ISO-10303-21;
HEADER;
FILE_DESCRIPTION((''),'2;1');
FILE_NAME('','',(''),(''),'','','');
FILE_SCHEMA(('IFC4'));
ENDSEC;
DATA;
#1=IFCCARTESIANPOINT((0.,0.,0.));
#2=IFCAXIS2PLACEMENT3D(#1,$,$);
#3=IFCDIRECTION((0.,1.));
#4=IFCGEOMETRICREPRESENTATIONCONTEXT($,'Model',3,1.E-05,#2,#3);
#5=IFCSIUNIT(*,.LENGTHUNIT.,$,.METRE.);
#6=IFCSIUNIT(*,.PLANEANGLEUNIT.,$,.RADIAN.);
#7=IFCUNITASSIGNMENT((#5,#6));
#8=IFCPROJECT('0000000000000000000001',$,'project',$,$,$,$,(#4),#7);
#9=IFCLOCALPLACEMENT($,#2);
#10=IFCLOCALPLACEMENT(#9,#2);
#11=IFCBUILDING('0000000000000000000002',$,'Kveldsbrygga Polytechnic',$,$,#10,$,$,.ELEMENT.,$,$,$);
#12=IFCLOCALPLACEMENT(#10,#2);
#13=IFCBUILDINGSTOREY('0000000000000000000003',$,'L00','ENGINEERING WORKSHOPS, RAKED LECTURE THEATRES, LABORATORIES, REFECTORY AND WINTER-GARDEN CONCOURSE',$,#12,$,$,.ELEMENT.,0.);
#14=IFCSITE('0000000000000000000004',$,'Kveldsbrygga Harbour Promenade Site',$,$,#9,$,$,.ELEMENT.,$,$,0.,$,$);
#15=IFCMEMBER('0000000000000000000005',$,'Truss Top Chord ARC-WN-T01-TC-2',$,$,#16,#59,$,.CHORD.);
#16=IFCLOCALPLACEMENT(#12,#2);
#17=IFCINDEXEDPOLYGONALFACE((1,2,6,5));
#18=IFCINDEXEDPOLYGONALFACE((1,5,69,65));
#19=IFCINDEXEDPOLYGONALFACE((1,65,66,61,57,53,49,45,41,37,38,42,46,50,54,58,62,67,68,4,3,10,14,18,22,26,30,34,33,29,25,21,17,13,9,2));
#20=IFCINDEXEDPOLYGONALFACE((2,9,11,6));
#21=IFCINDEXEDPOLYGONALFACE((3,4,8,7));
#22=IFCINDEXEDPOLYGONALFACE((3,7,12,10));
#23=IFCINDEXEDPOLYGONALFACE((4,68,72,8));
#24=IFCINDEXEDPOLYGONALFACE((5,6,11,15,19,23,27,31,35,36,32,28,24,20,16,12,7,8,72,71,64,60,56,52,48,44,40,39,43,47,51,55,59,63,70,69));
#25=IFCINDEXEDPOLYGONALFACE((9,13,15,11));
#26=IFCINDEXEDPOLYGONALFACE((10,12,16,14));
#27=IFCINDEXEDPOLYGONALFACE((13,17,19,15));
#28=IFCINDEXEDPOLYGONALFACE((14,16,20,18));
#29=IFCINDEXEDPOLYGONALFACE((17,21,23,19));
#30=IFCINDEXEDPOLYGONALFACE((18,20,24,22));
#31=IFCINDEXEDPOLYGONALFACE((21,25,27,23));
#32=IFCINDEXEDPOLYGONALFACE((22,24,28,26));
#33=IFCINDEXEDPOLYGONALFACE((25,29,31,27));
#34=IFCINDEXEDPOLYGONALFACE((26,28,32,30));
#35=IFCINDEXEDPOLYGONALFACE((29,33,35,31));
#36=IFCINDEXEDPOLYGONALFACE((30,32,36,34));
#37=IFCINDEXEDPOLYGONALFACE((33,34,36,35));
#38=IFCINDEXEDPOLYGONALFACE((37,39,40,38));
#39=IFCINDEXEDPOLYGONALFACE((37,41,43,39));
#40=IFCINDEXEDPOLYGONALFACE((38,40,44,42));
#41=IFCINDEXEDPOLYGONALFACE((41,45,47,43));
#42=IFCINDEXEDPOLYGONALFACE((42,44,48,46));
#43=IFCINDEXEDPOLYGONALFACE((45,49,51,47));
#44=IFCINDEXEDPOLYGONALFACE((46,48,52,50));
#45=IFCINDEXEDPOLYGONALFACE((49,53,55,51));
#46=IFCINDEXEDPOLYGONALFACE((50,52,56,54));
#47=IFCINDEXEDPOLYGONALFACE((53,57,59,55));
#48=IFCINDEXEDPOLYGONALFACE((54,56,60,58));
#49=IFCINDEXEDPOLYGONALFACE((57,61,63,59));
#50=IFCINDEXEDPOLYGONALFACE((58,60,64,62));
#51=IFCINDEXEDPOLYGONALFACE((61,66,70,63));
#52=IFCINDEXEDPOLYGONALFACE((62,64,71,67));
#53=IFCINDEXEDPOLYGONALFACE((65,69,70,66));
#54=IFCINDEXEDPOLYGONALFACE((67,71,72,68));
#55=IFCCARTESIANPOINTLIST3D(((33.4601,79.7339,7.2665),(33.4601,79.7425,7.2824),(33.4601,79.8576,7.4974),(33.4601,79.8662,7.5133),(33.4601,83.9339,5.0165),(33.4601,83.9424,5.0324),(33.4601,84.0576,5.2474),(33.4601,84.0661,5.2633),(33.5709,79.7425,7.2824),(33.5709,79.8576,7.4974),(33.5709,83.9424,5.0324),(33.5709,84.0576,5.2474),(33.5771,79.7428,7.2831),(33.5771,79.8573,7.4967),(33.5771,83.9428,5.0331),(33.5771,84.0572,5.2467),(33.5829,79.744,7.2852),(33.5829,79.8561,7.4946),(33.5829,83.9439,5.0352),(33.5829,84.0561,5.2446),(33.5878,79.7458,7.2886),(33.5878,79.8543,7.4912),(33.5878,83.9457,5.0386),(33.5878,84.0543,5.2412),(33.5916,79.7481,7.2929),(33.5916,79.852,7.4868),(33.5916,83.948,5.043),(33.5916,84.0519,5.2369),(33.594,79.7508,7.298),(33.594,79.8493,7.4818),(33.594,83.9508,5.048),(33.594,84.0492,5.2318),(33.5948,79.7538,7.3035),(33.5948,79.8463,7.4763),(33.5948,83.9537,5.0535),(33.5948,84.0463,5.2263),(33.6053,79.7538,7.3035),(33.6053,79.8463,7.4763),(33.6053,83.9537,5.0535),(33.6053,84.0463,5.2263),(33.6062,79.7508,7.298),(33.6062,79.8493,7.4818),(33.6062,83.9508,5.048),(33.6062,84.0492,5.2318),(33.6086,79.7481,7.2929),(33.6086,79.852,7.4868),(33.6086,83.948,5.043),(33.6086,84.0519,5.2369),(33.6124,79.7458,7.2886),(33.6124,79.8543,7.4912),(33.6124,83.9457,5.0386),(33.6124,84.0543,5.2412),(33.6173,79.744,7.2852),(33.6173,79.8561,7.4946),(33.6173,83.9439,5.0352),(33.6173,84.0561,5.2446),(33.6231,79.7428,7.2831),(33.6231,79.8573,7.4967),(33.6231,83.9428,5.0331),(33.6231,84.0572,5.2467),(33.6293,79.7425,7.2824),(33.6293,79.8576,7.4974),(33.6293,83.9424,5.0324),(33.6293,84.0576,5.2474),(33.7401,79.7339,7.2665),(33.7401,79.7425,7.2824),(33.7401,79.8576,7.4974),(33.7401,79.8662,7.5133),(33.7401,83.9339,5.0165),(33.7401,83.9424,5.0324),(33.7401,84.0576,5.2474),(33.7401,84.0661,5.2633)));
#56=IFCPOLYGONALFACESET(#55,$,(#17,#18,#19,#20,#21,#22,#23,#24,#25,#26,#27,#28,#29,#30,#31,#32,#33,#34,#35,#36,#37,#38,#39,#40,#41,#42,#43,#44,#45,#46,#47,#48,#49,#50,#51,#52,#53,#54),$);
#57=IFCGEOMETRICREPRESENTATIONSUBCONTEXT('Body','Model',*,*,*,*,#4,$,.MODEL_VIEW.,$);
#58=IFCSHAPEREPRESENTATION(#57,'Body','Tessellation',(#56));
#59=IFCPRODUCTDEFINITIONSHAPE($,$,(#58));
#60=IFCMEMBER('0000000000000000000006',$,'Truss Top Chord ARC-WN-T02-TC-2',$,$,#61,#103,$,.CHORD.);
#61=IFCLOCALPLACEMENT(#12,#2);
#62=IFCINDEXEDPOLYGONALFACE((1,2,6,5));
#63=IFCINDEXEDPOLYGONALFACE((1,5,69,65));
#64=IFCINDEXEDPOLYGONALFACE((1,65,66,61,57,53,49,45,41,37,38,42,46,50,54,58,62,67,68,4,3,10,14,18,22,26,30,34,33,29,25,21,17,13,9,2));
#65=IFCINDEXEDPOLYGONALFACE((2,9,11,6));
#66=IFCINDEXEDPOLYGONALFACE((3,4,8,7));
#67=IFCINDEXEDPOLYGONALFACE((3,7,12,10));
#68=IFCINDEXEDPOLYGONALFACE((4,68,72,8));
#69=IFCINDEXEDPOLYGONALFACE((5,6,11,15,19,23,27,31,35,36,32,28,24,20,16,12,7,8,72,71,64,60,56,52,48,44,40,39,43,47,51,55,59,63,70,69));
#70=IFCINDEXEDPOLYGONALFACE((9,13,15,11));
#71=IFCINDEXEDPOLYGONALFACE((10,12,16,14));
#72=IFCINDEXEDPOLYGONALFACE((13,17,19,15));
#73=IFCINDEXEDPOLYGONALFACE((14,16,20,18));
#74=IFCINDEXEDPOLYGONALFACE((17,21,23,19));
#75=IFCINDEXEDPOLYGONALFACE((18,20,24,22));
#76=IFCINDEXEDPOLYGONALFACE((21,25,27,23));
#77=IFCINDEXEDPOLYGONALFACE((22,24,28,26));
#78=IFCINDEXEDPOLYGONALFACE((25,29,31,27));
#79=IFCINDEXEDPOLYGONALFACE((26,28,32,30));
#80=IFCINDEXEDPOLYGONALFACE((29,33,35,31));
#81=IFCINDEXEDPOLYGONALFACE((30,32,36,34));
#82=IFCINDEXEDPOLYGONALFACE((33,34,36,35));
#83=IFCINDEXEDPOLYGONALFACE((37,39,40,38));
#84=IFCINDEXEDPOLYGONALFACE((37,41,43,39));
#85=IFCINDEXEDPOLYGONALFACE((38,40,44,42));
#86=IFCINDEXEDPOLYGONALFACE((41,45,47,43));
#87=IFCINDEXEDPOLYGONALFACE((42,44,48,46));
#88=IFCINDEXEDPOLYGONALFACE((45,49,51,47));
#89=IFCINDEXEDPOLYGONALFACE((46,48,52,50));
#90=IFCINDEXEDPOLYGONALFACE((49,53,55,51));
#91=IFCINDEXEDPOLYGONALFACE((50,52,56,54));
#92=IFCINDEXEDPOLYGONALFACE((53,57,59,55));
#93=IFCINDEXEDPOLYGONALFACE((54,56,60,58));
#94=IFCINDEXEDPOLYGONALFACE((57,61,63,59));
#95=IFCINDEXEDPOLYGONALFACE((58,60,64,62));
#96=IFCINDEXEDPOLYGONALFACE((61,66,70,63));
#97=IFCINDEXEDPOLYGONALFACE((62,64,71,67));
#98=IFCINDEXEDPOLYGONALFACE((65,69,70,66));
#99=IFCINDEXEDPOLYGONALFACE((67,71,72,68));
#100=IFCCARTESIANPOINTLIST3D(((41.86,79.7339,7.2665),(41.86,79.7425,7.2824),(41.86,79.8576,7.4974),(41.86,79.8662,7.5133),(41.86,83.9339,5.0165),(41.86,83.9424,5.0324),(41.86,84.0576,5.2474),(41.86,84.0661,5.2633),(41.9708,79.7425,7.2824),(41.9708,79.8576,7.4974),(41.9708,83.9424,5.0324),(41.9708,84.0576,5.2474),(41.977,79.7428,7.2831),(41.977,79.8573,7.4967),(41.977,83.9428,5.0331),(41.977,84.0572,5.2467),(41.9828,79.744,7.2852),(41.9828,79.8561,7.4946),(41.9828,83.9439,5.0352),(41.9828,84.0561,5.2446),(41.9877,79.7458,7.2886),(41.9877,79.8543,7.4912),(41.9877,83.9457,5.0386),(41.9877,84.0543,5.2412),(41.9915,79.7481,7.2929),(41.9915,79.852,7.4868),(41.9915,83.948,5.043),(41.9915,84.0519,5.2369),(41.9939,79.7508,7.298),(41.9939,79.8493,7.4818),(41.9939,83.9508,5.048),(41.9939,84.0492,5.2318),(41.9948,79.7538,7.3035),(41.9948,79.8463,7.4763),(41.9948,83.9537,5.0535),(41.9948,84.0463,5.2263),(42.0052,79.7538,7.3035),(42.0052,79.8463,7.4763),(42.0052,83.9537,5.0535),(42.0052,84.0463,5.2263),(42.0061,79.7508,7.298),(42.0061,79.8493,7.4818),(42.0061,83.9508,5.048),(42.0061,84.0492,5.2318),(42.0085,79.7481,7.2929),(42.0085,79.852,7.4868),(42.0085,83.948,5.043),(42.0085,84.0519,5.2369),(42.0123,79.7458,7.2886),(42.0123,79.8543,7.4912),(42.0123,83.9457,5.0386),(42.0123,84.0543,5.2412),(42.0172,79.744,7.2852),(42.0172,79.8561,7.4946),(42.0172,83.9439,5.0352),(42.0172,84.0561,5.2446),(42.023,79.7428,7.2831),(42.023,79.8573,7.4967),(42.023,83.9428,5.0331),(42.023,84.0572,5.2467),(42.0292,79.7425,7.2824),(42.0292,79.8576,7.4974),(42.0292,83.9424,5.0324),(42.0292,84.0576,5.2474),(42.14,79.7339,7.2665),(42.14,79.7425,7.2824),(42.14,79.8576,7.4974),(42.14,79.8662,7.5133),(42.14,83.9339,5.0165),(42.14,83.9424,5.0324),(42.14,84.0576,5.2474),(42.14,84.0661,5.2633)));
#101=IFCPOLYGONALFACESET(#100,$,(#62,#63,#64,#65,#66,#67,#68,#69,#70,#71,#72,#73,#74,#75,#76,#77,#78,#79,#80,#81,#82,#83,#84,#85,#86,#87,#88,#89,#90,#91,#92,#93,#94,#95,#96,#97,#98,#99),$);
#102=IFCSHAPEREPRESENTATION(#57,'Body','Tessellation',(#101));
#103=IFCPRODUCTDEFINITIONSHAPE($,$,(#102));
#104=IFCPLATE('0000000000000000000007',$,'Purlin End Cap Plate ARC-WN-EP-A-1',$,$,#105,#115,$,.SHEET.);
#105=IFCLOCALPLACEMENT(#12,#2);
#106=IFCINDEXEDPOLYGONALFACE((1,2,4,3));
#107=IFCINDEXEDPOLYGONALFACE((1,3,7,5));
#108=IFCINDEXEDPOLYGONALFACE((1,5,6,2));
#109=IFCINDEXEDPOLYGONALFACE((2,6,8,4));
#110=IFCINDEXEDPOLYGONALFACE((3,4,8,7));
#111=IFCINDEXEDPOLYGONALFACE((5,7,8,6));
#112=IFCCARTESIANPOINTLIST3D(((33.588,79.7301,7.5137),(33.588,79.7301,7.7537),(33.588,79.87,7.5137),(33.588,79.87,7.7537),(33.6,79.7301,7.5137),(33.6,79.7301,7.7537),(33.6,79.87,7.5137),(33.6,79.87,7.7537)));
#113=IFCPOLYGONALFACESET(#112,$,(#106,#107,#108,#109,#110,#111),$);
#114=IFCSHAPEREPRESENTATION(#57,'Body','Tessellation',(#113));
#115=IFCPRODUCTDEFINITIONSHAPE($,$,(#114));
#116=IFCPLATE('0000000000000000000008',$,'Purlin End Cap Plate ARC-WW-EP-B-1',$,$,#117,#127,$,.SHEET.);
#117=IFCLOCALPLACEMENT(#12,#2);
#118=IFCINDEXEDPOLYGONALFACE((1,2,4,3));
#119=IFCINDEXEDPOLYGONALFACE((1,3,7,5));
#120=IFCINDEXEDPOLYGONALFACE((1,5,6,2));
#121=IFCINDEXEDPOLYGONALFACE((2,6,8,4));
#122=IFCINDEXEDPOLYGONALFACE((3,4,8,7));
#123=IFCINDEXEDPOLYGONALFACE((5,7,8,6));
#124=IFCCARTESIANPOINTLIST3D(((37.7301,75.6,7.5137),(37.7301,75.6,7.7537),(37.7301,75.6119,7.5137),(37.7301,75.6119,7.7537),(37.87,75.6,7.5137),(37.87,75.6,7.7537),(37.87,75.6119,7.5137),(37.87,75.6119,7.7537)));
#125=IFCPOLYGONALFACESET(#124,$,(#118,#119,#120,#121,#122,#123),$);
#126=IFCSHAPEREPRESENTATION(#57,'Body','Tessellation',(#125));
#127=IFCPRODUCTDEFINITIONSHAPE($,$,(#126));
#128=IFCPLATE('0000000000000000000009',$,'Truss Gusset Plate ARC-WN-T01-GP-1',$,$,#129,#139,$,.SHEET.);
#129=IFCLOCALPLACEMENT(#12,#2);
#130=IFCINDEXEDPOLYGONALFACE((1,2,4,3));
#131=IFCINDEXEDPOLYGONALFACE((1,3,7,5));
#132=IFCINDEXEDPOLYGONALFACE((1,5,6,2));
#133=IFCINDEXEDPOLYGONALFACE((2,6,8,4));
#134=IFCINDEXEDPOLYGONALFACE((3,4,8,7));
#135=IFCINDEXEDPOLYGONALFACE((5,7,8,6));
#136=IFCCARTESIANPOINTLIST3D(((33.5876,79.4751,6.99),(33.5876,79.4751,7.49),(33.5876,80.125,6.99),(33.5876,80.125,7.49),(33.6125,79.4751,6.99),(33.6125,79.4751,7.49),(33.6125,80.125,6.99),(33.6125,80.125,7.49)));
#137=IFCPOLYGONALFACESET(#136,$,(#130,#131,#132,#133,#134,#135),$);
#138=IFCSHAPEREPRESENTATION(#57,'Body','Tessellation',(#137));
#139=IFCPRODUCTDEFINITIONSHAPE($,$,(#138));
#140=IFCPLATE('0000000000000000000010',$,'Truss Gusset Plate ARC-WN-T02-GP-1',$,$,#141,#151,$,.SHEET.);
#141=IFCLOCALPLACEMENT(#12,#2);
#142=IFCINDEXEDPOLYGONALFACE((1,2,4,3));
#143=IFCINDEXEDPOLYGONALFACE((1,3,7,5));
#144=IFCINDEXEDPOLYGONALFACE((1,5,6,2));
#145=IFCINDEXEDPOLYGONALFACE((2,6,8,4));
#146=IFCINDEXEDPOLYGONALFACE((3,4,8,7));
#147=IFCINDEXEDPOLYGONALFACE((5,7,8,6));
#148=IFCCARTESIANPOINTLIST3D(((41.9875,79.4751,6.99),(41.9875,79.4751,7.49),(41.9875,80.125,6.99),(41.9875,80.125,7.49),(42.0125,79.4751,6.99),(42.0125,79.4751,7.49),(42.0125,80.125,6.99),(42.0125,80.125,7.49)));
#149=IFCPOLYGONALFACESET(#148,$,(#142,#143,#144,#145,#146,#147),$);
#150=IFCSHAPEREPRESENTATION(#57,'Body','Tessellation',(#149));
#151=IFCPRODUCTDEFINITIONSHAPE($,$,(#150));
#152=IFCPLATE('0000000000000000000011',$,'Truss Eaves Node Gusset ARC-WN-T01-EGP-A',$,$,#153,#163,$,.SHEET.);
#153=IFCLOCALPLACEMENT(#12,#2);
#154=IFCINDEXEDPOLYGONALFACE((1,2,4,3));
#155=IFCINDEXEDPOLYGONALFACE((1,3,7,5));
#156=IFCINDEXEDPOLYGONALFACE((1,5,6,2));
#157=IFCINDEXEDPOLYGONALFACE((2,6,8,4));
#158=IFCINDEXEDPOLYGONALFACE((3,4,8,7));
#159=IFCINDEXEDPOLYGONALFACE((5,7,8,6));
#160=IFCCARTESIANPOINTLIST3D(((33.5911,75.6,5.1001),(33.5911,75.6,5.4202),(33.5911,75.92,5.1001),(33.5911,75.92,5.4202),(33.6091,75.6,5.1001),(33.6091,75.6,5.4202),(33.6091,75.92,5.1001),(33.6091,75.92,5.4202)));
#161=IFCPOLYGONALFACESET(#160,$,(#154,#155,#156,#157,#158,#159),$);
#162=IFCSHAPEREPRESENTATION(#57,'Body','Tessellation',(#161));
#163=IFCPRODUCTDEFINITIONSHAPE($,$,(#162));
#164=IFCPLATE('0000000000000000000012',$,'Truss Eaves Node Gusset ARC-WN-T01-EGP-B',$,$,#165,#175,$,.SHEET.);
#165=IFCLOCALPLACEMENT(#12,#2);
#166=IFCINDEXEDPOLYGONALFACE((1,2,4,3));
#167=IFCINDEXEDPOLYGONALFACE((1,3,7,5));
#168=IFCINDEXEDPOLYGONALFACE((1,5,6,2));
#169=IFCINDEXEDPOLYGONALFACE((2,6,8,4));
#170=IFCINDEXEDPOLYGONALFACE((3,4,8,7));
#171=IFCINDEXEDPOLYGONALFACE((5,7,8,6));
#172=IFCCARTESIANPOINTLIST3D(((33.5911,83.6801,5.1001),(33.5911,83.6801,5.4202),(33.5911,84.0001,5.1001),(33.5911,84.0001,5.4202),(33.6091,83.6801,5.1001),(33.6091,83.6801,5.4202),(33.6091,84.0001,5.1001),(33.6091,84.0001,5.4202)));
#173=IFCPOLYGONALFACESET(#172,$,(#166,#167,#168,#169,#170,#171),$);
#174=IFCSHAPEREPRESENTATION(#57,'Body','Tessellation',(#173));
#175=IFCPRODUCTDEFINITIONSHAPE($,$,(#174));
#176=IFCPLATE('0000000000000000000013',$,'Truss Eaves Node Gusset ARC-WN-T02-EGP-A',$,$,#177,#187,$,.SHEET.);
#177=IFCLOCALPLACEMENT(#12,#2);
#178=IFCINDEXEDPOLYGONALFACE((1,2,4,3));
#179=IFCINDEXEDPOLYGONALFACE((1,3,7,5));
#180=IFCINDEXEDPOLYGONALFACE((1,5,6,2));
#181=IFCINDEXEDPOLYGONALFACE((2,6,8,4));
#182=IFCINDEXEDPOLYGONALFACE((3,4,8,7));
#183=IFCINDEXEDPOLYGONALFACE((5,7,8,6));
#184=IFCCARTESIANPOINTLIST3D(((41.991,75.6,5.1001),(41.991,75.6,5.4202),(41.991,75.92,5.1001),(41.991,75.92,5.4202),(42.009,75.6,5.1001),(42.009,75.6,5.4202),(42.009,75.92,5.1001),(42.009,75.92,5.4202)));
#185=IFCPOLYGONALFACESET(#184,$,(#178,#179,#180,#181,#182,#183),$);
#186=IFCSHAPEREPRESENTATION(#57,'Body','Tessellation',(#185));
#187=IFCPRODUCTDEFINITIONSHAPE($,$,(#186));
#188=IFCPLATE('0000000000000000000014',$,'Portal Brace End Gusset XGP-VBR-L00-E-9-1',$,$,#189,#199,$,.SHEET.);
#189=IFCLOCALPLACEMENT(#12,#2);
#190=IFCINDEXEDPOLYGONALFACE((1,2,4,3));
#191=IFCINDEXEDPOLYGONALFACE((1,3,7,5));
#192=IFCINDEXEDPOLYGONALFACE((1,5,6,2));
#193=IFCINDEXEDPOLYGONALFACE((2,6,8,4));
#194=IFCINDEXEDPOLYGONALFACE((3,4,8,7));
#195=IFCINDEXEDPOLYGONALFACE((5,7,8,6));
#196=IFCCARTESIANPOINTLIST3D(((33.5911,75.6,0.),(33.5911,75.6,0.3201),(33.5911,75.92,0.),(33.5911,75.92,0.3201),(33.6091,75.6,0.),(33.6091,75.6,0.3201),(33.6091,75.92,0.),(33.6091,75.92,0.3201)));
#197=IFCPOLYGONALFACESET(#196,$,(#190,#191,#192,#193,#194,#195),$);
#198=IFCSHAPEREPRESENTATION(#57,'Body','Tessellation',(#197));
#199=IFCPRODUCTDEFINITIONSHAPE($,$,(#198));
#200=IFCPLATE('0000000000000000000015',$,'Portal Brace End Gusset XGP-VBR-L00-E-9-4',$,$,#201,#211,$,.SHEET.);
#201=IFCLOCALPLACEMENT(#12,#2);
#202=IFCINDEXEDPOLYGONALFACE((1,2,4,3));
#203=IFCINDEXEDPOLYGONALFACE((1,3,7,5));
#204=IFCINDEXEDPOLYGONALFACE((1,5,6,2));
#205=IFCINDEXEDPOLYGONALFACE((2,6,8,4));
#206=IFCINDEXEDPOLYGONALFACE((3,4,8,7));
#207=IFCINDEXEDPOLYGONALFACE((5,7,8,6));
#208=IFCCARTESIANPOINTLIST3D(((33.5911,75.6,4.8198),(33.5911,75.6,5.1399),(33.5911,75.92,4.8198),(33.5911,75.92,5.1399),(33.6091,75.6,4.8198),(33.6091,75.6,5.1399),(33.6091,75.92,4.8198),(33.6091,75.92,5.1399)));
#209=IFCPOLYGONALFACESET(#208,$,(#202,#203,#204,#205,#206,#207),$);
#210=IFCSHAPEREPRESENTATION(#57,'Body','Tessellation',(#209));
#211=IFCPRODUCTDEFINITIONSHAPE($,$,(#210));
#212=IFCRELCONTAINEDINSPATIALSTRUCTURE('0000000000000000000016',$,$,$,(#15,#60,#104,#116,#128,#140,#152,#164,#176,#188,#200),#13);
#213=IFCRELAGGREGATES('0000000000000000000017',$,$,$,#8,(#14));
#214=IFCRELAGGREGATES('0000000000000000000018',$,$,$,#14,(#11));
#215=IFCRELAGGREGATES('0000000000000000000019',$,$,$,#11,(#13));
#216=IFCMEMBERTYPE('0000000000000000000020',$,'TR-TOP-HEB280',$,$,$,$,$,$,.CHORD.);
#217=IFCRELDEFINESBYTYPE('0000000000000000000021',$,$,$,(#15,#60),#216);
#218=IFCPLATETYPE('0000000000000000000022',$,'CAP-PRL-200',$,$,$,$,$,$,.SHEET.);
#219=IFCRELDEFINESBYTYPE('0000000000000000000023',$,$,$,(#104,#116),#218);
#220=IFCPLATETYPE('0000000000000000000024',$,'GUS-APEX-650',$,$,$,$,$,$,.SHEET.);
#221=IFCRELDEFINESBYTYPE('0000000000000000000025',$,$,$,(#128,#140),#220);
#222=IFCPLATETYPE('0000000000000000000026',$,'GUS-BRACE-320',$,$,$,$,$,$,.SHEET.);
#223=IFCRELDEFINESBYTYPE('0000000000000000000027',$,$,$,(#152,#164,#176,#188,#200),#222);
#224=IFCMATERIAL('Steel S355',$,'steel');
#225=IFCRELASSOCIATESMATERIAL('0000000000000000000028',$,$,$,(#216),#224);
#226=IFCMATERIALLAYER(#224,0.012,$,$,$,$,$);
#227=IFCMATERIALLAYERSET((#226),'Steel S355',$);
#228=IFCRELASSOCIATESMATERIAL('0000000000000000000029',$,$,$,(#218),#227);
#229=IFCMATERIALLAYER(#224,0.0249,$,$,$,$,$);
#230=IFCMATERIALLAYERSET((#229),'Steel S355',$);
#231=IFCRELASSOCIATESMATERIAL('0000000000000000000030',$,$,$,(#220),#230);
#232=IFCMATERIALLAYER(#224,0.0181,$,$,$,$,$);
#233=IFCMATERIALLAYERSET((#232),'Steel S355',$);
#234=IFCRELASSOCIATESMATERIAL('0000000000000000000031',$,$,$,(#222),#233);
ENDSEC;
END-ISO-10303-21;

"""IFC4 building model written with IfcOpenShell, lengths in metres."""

from ifc_helpers import new_model, si_unit, direction, frame, origin, origin_2d, place, context, subcontext, project, spatial, rectangle, i_section, extrude, material, layer, layer_set, material_profile, profile_set, type_object, element, save


model = new_model("IFC4")

# Units and contexts
model_context = context("Model", 3, precision=1e-05, world=origin(), true_north=direction((0.0, 1.0)))
body_context = subcontext(model_context, "Body", "Model", "MODEL_VIEW")
ifc_project = project(units=[si_unit("LENGTHUNIT", "METRE"), si_unit("PLANEANGLEUNIT", "RADIAN")], contexts=[model_context])

# Site, building, storey
site_placement = place(None, origin())
site = spatial("IfcSite", under=ifc_project, at=site_placement, Name="Kveldsbrygga Harbour Promenade Site", CompositionType="ELEMENT", RefElevation=0.0)
building_placement = place(site_placement, origin())
building = spatial("IfcBuilding", under=site, at=building_placement, Name="Kveldsbrygga Polytechnic", CompositionType="ELEMENT")
storey_placement = place(building_placement, origin())
storey = spatial("IfcBuildingStorey", under=building, at=storey_placement, Name="L00", Description="ENGINEERING WORKSHOPS, RAKED LECTURE THEATRES, LABORATORIES, REFECTORY AND WINTER-GARDEN CONCOURSE", CompositionType="ELEMENT", Elevation=0.0)

# Shared definitions
ifc_material_1 = material(Name="Steel S355", Category="steel")

# Members
ifc_material_profile_1 = material_profile(ifc_material_1, i_section(OverallWidth=0.28, OverallDepth=0.28, WebThickness=0.0105, FlangeThickness=0.0181, FilletRadius=0.0239, at=origin_2d()), Name="HEB 280")
ifc_profile_set_1 = profile_set([ifc_material_profile_1], Name="Steel S355")
member_type_1 = type_object("IfcMemberType", Name="TR-TOP-HEB280", PredefinedType="CHORD", material=ifc_profile_set_1)
for number, where, z_axis, x_axis, name in (
    (1, (33.6001, 79.8, 7.3899), (0.0, 0.881478, -0.472226), (-1.0, 0.0, 0.0), "Truss Top Chord ARC-WN-T01-TC-2"),
    (2, (42.0, 79.8, 7.3899), (0.0, 0.881478, -0.472226), (-1.0, 0.0, 0.0), "Truss Top Chord ARC-WN-T02-TC-2"),
):
    element("IfcMember", number, at=place(storey_placement, frame(where, z_axis=z_axis, x_axis=x_axis)), inside=storey, type_object=member_type_1, Name=name, PredefinedType="CHORD", context=body_context, shape_type="SweptSolid", body=[
        extrude(i_section(OverallWidth=0.28, OverallDepth=0.28, WebThickness=0.0105, FlangeThickness=0.0181, FilletRadius=0.0239, at=origin_2d()), origin(), (0.0, 0.0, 1.0), 4.7646),
    ])

# Plates
ifc_layer_1 = layer(ifc_material_1, 0.012)
ifc_layer_set_1 = layer_set([ifc_layer_1], Name="Steel S355")
plate_type_1 = type_object("IfcPlateType", Name="CAP-PRL-200", PredefinedType="SHEET", material=ifc_layer_set_1)
plate_1_placement = place(storey_placement, frame((33.594, 79.8, 7.5137), z_axis=(0.0, 0.0, 1.0), x_axis=(1.0, 0.0, 0.0)))
element("IfcPlate", 3, at=plate_1_placement, inside=storey, type_object=plate_type_1, Name="Purlin End Cap Plate ARC-WN-EP-A-1", PredefinedType="SHEET", context=body_context, shape_type="SweptSolid", body=[
    extrude(rectangle(XDim=0.012, YDim=0.1399, at=origin_2d()), origin(), (0.0, 0.0, 1.0), 0.24),
])
plate_2_placement = place(storey_placement, frame((37.8, 75.606, 7.5137), z_axis=(0.0, 0.0, 1.0), x_axis=(1.0, 0.0, 0.0)))
element("IfcPlate", 4, at=plate_2_placement, inside=storey, type_object=plate_type_1, Name="Purlin End Cap Plate ARC-WW-EP-B-1", PredefinedType="SHEET", context=body_context, shape_type="SweptSolid", body=[
    extrude(rectangle(XDim=0.1399, YDim=0.012, at=origin_2d()), origin(), (0.0, 0.0, 1.0), 0.24),
])
ifc_layer_2 = layer(ifc_material_1, 0.0249)
ifc_layer_set_2 = layer_set([ifc_layer_2], Name="Steel S355")
plate_type_2 = type_object("IfcPlateType", Name="GUS-APEX-650", PredefinedType="SHEET", material=ifc_layer_set_2)
for number, where, z_axis, x_axis, name in (
    (5, (33.6001, 79.8, 6.99), (0.0, 0.0, 1.0), (1.0, 0.0, 0.0), "Truss Gusset Plate ARC-WN-T01-GP-1"),
    (6, (42.0, 79.8, 6.99), (0.0, 0.0, 1.0), (1.0, 0.0, 0.0), "Truss Gusset Plate ARC-WN-T02-GP-1"),
):
    element("IfcPlate", number, at=place(storey_placement, frame(where, z_axis=z_axis, x_axis=x_axis)), inside=storey, type_object=plate_type_2, Name=name, PredefinedType="SHEET", context=body_context, shape_type="SweptSolid", body=[
        extrude(rectangle(XDim=0.0249, YDim=0.6499, at=origin_2d()), origin(), (0.0, 0.0, 1.0), 0.5),
    ])
ifc_layer_3 = layer(ifc_material_1, 0.0181)
ifc_layer_set_3 = layer_set([ifc_layer_3], Name="Steel S355")
plate_type_3 = type_object("IfcPlateType", Name="GUS-BRACE-320", PredefinedType="SHEET", material=ifc_layer_set_3)
for number, where, z_axis, x_axis, name in (
    (7, (33.6001, 75.76, 5.1001), (0.0, 0.0, 1.0), (1.0, 0.0, 0.0), "Truss Eaves Node Gusset ARC-WN-T01-EGP-A"),
    (8, (33.6001, 83.8401, 5.1001), (0.0, 0.0, 1.0), (1.0, 0.0, 0.0), "Truss Eaves Node Gusset ARC-WN-T01-EGP-B"),
    (9, (42.0, 75.76, 5.1001), (0.0, 0.0, 1.0), (1.0, 0.0, 0.0), "Truss Eaves Node Gusset ARC-WN-T02-EGP-A"),
    (10, (33.6001, 75.76, 0.0), (0.0, 0.0, 1.0), (1.0, 0.0, 0.0), "Portal Brace End Gusset XGP-VBR-L00-E-9-1"),
    (11, (33.6001, 75.76, 4.8198), (0.0, 0.0, 1.0), (1.0, 0.0, 0.0), "Portal Brace End Gusset XGP-VBR-L00-E-9-4"),
):
    element("IfcPlate", number, at=place(storey_placement, frame(where, z_axis=z_axis, x_axis=x_axis)), inside=storey, type_object=plate_type_3, Name=name, PredefinedType="SHEET", context=body_context, shape_type="SweptSolid", body=[
        extrude(rectangle(XDim=0.0181, YDim=0.3201, at=origin_2d()), origin(), (0.0, 0.0, 1.0), 0.3201),
    ])

save(model, "model.ifc")
